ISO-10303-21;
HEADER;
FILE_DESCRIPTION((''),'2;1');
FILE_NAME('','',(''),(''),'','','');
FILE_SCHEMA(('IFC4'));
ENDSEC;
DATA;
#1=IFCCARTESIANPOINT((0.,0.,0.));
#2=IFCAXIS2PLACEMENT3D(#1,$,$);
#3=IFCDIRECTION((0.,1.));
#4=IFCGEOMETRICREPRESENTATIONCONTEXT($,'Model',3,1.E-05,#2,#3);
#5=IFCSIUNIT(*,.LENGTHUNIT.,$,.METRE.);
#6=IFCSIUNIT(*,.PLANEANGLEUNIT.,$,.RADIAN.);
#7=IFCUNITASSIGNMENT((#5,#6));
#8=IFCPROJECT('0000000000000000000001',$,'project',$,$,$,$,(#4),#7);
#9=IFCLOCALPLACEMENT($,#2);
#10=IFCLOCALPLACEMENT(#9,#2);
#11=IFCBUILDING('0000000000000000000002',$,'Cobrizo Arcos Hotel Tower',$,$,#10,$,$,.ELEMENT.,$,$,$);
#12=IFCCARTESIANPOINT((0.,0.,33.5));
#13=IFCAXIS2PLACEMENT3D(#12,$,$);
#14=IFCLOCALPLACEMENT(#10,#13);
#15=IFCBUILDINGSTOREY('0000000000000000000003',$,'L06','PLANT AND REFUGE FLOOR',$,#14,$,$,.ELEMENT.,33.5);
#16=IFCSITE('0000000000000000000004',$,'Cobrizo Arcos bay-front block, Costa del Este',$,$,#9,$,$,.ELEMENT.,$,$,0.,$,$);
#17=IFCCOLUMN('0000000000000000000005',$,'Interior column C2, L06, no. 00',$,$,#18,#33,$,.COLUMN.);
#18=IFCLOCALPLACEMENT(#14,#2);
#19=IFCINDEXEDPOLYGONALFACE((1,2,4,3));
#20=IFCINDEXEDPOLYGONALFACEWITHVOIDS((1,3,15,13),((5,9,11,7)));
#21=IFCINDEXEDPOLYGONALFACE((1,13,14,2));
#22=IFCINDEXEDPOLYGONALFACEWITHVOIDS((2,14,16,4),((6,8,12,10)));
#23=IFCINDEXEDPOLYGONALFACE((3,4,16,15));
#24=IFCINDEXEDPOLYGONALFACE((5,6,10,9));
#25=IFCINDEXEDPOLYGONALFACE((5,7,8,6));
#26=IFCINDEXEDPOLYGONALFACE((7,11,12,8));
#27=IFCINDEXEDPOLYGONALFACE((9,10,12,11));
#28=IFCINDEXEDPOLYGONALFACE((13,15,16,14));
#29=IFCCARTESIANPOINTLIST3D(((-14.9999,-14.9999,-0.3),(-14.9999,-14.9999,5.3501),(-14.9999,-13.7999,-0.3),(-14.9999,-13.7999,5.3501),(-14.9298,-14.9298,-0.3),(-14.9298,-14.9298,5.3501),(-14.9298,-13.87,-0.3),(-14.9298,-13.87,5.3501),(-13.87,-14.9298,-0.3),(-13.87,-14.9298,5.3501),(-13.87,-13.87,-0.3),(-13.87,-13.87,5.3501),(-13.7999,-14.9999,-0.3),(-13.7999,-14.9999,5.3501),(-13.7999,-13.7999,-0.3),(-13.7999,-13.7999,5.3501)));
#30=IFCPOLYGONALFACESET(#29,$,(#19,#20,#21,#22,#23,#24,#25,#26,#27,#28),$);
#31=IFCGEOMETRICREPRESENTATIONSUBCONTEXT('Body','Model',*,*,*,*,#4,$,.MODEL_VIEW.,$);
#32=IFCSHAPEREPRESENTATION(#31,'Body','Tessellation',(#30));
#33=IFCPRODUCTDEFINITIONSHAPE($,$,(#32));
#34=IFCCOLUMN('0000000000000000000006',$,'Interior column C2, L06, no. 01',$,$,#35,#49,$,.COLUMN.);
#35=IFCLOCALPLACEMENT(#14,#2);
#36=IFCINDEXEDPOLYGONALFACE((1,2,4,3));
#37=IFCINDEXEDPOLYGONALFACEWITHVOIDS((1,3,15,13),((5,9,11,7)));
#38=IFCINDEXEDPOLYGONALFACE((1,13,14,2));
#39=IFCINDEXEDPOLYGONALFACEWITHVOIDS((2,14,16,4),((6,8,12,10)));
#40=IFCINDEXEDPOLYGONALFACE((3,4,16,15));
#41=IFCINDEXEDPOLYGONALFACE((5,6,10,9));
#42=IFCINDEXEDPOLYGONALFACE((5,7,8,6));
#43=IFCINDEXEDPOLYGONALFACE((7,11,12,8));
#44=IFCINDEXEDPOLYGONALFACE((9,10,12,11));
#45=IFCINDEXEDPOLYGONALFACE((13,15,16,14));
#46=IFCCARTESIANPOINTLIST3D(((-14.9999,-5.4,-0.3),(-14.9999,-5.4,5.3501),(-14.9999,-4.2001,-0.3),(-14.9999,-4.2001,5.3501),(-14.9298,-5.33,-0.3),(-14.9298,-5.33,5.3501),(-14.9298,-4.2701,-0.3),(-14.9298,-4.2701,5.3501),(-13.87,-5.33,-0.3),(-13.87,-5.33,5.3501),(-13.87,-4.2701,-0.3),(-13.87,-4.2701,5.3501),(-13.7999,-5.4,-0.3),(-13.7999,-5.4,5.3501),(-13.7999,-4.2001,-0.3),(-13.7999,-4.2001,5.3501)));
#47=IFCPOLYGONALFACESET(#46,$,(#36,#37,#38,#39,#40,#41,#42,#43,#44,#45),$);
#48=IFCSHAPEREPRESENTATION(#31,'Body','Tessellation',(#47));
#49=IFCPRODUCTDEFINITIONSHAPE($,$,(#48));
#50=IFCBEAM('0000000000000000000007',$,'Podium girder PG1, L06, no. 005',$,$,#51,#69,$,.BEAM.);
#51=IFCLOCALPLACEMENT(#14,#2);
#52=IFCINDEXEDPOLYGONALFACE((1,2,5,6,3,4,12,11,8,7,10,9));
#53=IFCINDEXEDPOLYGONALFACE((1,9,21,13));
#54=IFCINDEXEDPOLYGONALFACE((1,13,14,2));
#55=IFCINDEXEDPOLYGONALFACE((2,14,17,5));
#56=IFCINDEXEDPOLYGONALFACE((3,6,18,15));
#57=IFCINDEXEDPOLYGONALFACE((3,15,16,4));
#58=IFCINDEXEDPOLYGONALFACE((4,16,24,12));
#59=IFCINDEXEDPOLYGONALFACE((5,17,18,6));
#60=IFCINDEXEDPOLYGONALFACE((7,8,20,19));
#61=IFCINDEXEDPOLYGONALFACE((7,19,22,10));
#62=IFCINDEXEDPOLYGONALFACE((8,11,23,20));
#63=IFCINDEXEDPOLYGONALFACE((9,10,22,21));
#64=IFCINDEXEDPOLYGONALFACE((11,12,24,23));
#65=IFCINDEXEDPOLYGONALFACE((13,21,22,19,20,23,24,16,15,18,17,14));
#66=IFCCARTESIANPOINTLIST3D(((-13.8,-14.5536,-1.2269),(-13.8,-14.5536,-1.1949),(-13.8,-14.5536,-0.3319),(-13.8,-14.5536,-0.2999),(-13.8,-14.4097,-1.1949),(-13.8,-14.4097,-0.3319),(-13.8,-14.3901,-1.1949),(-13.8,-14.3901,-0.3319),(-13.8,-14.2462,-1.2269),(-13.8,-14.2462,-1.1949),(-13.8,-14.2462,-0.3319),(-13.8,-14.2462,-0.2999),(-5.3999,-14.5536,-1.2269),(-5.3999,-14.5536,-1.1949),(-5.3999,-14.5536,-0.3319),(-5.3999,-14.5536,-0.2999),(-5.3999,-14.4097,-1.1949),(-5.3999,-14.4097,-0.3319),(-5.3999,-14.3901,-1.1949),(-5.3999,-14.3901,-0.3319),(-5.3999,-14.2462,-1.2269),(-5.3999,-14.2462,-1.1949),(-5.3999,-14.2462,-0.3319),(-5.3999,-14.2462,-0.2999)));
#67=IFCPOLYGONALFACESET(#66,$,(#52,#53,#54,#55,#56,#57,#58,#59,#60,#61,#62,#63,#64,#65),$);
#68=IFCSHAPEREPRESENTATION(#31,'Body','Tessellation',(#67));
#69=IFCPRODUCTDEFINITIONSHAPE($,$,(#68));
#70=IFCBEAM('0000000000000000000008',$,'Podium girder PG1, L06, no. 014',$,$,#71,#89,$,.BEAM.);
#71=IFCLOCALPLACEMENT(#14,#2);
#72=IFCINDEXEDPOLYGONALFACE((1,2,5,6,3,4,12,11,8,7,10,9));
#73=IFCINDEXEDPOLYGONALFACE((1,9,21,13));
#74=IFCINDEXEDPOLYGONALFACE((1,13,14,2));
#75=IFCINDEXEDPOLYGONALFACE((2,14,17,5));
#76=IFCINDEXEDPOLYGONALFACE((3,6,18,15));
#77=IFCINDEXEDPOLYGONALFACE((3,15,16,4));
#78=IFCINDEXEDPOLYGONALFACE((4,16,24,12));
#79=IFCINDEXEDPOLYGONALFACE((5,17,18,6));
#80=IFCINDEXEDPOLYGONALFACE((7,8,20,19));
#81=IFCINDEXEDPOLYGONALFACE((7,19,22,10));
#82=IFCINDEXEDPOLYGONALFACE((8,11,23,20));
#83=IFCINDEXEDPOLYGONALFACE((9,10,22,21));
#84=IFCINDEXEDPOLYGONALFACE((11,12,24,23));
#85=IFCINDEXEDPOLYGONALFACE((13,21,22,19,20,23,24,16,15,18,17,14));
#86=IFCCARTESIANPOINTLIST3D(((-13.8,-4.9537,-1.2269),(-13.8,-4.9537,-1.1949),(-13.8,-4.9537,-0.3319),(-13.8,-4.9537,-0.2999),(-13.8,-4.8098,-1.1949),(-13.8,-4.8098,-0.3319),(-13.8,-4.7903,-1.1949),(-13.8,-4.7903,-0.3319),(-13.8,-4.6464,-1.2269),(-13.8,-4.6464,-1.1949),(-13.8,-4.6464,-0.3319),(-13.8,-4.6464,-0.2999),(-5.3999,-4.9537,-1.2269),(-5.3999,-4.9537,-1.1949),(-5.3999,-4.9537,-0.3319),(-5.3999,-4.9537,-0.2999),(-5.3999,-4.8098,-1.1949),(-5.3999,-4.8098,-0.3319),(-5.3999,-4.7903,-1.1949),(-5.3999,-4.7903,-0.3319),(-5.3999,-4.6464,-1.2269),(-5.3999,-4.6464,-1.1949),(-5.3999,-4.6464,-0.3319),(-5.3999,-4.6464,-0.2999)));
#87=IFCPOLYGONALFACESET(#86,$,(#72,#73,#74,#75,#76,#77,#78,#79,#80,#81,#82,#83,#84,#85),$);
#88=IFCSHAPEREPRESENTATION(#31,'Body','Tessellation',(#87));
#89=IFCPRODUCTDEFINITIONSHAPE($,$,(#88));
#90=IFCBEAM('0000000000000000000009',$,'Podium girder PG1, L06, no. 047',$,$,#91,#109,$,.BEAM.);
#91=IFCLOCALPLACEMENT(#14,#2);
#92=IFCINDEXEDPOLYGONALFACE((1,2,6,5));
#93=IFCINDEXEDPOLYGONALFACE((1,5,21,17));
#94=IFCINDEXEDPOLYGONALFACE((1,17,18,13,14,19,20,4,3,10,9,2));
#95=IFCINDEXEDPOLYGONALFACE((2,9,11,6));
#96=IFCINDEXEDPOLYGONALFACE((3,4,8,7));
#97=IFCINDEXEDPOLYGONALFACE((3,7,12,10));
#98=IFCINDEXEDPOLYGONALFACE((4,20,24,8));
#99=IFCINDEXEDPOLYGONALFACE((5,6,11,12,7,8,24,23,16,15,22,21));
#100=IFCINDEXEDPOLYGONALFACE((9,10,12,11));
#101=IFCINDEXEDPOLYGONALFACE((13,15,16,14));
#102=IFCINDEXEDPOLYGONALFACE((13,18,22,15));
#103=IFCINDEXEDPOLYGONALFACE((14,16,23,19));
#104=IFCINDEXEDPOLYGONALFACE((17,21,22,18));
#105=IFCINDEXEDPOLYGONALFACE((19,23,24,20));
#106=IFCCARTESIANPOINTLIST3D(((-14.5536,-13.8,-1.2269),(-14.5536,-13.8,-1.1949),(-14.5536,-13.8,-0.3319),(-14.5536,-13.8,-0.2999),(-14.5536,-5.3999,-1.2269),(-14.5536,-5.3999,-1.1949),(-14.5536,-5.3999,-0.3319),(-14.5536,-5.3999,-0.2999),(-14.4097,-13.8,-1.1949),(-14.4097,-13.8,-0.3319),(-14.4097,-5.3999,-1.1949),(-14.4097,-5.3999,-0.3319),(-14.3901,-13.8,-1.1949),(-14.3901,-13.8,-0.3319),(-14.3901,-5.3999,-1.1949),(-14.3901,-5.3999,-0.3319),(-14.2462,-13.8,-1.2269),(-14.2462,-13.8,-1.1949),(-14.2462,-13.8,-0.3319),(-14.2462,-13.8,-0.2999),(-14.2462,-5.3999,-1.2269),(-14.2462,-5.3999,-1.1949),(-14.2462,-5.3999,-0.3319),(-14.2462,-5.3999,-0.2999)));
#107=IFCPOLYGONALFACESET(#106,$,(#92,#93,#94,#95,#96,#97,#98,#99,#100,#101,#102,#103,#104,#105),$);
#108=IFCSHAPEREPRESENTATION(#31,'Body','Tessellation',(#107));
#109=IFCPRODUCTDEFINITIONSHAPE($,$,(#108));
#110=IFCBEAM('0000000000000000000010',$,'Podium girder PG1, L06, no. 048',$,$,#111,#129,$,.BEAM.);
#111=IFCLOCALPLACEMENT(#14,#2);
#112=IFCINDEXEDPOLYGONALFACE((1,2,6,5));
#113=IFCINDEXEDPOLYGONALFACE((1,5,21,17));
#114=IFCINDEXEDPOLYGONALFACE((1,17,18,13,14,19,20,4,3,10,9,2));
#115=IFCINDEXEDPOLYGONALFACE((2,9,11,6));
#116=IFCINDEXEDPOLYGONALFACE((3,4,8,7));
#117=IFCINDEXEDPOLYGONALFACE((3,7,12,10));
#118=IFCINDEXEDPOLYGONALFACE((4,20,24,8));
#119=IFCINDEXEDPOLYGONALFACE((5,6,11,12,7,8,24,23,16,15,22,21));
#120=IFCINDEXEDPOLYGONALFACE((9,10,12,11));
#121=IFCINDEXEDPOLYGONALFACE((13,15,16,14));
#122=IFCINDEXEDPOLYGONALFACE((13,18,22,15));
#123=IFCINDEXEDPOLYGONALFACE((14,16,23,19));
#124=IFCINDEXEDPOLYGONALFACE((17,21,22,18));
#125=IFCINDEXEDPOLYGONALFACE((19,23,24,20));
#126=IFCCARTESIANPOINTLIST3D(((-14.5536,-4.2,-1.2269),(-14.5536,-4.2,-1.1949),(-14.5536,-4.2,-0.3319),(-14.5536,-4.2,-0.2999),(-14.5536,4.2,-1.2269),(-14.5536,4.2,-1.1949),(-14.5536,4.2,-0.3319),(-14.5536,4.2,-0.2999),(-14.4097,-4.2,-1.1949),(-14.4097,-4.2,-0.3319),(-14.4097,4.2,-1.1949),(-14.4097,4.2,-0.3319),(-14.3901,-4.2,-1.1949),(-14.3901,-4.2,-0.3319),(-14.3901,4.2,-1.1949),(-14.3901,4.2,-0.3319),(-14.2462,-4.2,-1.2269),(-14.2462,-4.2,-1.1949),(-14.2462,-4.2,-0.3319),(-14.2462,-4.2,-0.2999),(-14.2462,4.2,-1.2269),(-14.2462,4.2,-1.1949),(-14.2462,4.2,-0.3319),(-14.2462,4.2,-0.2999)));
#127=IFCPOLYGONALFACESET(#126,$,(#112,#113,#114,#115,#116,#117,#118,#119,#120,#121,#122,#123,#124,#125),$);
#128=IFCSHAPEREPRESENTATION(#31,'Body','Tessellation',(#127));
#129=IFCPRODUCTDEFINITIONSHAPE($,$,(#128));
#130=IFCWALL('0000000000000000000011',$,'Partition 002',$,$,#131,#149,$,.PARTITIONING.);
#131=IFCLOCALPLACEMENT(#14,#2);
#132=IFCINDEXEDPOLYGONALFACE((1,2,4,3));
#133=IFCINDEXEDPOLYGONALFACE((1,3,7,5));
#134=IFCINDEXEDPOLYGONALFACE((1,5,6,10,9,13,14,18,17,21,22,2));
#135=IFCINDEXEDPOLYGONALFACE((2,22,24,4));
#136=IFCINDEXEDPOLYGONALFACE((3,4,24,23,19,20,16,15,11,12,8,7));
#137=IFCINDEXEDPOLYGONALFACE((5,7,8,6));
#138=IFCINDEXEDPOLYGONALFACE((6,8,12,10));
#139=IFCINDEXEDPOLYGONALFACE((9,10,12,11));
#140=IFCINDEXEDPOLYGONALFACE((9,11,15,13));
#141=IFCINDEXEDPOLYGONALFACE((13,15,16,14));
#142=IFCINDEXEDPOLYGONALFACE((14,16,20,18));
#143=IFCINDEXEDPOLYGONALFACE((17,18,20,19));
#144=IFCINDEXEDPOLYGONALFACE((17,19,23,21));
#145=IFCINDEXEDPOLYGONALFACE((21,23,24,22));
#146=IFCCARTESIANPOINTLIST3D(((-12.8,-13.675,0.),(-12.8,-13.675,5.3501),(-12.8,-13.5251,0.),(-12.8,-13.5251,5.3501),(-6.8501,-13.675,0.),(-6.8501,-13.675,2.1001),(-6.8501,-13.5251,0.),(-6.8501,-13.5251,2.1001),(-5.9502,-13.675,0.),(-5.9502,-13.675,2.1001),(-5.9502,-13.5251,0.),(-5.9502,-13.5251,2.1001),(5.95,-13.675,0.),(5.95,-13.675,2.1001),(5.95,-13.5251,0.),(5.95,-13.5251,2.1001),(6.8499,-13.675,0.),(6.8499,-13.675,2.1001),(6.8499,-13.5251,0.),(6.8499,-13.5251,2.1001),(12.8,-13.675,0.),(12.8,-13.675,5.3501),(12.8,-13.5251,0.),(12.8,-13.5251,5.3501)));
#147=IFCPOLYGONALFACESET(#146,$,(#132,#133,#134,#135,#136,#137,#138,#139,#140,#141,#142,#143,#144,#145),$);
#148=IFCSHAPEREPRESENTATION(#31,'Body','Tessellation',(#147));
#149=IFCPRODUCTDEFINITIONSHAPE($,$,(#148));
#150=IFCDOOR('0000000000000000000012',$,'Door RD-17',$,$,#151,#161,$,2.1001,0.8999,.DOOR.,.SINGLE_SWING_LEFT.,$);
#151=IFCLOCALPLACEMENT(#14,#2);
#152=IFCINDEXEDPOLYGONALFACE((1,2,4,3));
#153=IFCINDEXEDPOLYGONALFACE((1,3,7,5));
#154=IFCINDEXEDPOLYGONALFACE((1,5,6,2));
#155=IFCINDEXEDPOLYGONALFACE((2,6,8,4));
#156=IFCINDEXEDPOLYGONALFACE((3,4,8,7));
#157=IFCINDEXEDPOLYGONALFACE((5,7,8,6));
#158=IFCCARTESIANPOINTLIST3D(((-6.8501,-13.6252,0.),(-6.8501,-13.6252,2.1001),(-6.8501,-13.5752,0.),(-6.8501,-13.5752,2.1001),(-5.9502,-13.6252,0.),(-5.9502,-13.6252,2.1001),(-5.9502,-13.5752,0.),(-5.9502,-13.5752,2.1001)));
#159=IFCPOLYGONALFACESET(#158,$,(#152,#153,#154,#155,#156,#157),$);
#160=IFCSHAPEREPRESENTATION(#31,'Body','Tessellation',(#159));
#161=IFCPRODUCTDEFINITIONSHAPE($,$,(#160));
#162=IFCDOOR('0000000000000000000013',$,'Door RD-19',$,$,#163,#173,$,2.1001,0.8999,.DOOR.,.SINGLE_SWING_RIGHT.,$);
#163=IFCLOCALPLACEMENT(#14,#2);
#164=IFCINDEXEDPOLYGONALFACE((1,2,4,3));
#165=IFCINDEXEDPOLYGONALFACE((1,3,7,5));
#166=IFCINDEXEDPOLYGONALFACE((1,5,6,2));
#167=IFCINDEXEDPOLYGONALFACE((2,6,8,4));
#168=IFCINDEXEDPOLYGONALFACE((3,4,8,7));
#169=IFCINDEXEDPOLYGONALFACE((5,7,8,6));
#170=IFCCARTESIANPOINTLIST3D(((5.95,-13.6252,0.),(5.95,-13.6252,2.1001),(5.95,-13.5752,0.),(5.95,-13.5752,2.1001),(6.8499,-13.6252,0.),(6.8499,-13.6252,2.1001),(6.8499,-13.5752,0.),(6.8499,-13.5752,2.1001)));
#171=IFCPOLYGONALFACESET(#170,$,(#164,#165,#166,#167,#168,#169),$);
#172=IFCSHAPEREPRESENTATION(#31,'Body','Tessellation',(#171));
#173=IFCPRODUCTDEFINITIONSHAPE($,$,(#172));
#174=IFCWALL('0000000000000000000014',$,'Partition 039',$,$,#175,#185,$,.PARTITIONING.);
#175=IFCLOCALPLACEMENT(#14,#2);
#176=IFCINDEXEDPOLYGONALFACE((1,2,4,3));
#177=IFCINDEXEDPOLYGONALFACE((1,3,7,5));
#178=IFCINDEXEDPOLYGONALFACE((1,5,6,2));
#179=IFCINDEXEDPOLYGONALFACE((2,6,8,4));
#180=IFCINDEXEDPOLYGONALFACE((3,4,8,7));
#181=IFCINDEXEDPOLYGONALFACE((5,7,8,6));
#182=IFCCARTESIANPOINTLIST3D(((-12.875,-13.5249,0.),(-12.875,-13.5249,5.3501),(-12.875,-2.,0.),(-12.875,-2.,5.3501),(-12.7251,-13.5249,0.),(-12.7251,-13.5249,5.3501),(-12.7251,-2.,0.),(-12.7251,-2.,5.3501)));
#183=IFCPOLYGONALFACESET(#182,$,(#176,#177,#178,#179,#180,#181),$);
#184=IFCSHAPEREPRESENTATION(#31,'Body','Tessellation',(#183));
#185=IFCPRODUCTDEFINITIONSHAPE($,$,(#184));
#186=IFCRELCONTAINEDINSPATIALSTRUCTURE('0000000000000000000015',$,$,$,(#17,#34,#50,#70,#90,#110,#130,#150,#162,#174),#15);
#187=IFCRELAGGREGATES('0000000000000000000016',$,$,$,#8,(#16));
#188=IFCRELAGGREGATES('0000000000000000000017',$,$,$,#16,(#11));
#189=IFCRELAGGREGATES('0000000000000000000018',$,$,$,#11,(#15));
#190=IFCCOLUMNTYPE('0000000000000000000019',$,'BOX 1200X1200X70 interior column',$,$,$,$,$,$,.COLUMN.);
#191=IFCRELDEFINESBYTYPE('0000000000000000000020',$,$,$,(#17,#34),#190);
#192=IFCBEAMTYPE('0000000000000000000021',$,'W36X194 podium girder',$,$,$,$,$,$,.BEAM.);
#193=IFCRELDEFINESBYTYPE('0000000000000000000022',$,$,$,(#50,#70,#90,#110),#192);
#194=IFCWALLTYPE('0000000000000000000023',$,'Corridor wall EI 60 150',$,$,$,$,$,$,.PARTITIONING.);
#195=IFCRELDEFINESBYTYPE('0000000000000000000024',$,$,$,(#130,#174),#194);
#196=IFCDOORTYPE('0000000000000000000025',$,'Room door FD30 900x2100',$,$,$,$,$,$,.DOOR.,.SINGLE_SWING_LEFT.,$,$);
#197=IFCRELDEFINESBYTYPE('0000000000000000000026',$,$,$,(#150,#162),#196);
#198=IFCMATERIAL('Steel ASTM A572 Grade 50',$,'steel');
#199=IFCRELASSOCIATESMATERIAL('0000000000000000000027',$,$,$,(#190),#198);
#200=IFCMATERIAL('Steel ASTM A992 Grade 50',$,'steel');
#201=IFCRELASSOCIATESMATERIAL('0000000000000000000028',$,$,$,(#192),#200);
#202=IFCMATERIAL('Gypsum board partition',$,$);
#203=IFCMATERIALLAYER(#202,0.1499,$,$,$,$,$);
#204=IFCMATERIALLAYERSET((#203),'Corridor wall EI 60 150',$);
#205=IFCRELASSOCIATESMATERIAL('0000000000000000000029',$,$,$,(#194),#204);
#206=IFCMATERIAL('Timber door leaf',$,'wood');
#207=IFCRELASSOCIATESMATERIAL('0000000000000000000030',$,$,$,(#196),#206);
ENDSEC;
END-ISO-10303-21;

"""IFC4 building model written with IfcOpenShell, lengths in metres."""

from ifc_helpers import new_model, si_unit, direction, frame, frame_2d, origin, origin_2d, place, context, subcontext, project, spatial, rectangle, hollow_rectangle, i_section, extrude, material, layer, layer_set, material_profile, profile_set, type_object, element, fill, save


model = new_model("IFC4")

# Units and contexts
model_context = context("Model", 3, precision=1e-05, world=origin(), true_north=direction((0.0, 1.0)))
body_context = subcontext(model_context, "Body", "Model", "MODEL_VIEW")
ifc_project = project(units=[si_unit("LENGTHUNIT", "METRE"), si_unit("PLANEANGLEUNIT", "RADIAN")], contexts=[model_context])

# Site, building, storey
site_placement = place(None, origin())
site = spatial("IfcSite", under=ifc_project, at=site_placement, Name="Cobrizo Arcos bay-front block, Costa del Este", CompositionType="ELEMENT", RefElevation=0.0)
building_placement = place(site_placement, origin())
building = spatial("IfcBuilding", under=site, at=building_placement, Name="Cobrizo Arcos Hotel Tower", CompositionType="ELEMENT")
storey_placement = place(building_placement, frame((0.0, 0.0, 33.5)))
storey = spatial("IfcBuildingStorey", under=building, at=storey_placement, Name="L06", Description="PLANT AND REFUGE FLOOR", CompositionType="ELEMENT", Elevation=33.5)

# Columns
ifc_material_1 = material(Name="Steel ASTM A572 Grade 50", Category="steel")
ifc_material_profile_1 = material_profile(ifc_material_1, hollow_rectangle(XDim=1.2, YDim=1.2, WallThickness=0.0701, at=origin_2d()), Name="BOX 1200X1200X70")
ifc_profile_set_1 = profile_set([ifc_material_profile_1], Name="Steel ASTM A572 Grade 50")
column_type = type_object("IfcColumnType", Name="BOX 1200X1200X70 interior column", PredefinedType="COLUMN", material=ifc_profile_set_1)
for number, where, z_axis, x_axis, name in (
    (1, (-14.3999, -14.3999, -0.3), (0.0, 0.0, 1.0), (1.0, 0.0, 0.0), "Interior column C2, L06, no. 00"),
    (2, (-14.3999, -4.8, -0.3), (0.0, 0.0, 1.0), (1.0, 0.0, 0.0), "Interior column C2, L06, no. 01"),
):
    element("IfcColumn", number, at=place(storey_placement, frame(where, z_axis=z_axis, x_axis=x_axis)), inside=storey, type_object=column_type, Name=name, PredefinedType="COLUMN", context=body_context, shape_type="SweptSolid", body=[
        extrude(hollow_rectangle(XDim=1.2, YDim=1.2, WallThickness=0.0701, at=origin_2d()), origin(), (0.0, 0.0, 1.0), 5.6501),
    ])

# Beams
ifc_material_2 = material(Name="Steel ASTM A992 Grade 50", Category="steel")
ifc_material_profile_2 = material_profile(ifc_material_2, i_section(OverallWidth=0.3074, OverallDepth=0.927, WebThickness=0.0195, FlangeThickness=0.032, at=origin_2d()), Name="W36X194")
ifc_profile_set_2 = profile_set([ifc_material_profile_2], Name="Steel ASTM A992 Grade 50")
beam_type = type_object("IfcBeamType", Name="W36X194 podium girder", PredefinedType="BEAM", material=ifc_profile_set_2)
for number, where, z_axis, x_axis, name in (
    (3, (-13.8, -14.3999, -0.7634), (1.0, 0.0, 0.0), (0.0, 1.0, 0.0), "Podium girder PG1, L06, no. 005"),
    (4, (-13.8, -4.8, -0.7634), (1.0, 0.0, 0.0), (0.0, 1.0, 0.0), "Podium girder PG1, L06, no. 014"),
    (5, (-14.3999, -13.8, -0.7634), (0.0, 1.0, 0.0), (-1.0, 0.0, 0.0), "Podium girder PG1, L06, no. 047"),
):
    element("IfcBeam", number, at=place(storey_placement, frame(where, z_axis=z_axis, x_axis=x_axis)), inside=storey, type_object=beam_type, Name=name, PredefinedType="BEAM", context=body_context, shape_type="SweptSolid", body=[
        extrude(i_section(OverallWidth=0.3074, OverallDepth=0.927, WebThickness=0.0195, FlangeThickness=0.032, at=origin_2d()), origin(), (0.0, 0.0, 1.0), 8.4001),
    ])
beam_placement = place(storey_placement, frame((-14.3999, -4.2, -0.7634), z_axis=(0.0, 1.0, 0.0), x_axis=(-1.0, 0.0, 0.0)))
element("IfcBeam", 6, at=beam_placement, inside=storey, type_object=beam_type, Name="Podium girder PG1, L06, no. 048", PredefinedType="BEAM", context=body_context, shape_type="SweptSolid", body=[
    extrude(i_section(OverallWidth=0.3074, OverallDepth=0.927, WebThickness=0.0195, FlangeThickness=0.032, at=origin_2d()), origin(), (0.0, 0.0, 1.0), 8.3999),
])

# Wall, openings, doors
ifc_material_3 = material(Name="Gypsum board partition")
ifc_layer_1 = layer(ifc_material_3, 0.1499)
ifc_layer_set_1 = layer_set([ifc_layer_1], Name="Corridor wall EI 60 150")
wall_type_1 = type_object("IfcWallType", Name="Corridor wall EI 60 150", PredefinedType="PARTITIONING", material=ifc_layer_set_1)
wall_1_placement = place(storey_placement, frame((-12.8, -13.6001, 0.0), z_axis=(0.0, 0.0, 1.0), x_axis=(1.0, 0.0, 0.0)))
wall_1 = element("IfcWall", 7, at=wall_1_placement, inside=storey, type_object=wall_type_1, Name="Partition 002", PredefinedType="PARTITIONING", context=body_context, shape_type="SweptSolid", body=[
    extrude(rectangle(XDim=25.6001, YDim=0.1499, at=frame_2d((12.8, 0.0))), origin(), (0.0, 0.0, 1.0), 5.3501),
])
opening_1_placement = place(wall_1_placement, frame((5.95, 0.0, 0.0)))
opening_1 = element("IfcOpeningElement", 8, at=opening_1_placement, cuts=wall_1, PredefinedType="OPENING", context=body_context, shape_type="SweptSolid", body=[
    extrude(rectangle(XDim=0.8999, YDim=2.1001, at=frame_2d((0.45, 1.05))), frame((0.0, 0.0869, 0.0), z_axis=(0.0, -1.0, 0.0), x_axis=(1.0, 0.0, 0.0)), (0.0, 0.0, 1.0), 0.1738),
])
opening_2_placement = place(wall_1_placement, frame((18.75, 0.0, 0.0)))
opening_2 = element("IfcOpeningElement", 9, at=opening_2_placement, cuts=wall_1, PredefinedType="OPENING", context=body_context, shape_type="SweptSolid", body=[
    extrude(rectangle(XDim=0.8999, YDim=2.1001, at=frame_2d((0.45, 1.05))), frame((0.0, 0.0869, 0.0), z_axis=(0.0, -1.0, 0.0), x_axis=(1.0, 0.0, 0.0)), (0.0, 0.0, 1.0), 0.1738),
])
ifc_material_4 = material(Name="Timber door leaf", Category="wood")
door_type_1 = type_object("IfcDoorType", Name="Room door FD30 900x2100", OperationType="SINGLE_SWING_LEFT", PredefinedType="DOOR", material=ifc_material_4)
door_1_placement = place(opening_1_placement, origin())
door_1 = element("IfcDoor", 10, at=door_1_placement, inside=storey, type_object=door_type_1, Name="Door RD-17", OperationType="SINGLE_SWING_LEFT", OverallHeight=2.1001, OverallWidth=0.8999, PredefinedType="DOOR", context=body_context, shape_type="SweptSolid", body=[
    extrude(rectangle(XDim=0.8999, YDim=2.1001, at=frame_2d((0.45, 1.05))), frame((0.0, 0.0249, 0.0), z_axis=(0.0, -1.0, 0.0), x_axis=(1.0, 0.0, 0.0)), (0.0, 0.0, 1.0), 0.05),
])
fill(opening_1, door_1)
door_2_placement = place(opening_2_placement, origin())
door_2 = element("IfcDoor", 11, at=door_2_placement, inside=storey, type_object=door_type_1, Name="Door RD-19", OperationType="SINGLE_SWING_RIGHT", OverallHeight=2.1001, OverallWidth=0.8999, PredefinedType="DOOR", context=body_context, shape_type="SweptSolid", body=[
    extrude(rectangle(XDim=0.8999, YDim=2.1001, at=frame_2d((0.45, 1.05))), frame((0.0, 0.0249, 0.0), z_axis=(0.0, -1.0, 0.0), x_axis=(1.0, 0.0, 0.0)), (0.0, 0.0, 1.0), 0.05),
])
fill(opening_2, door_2)

# Wall
wall_2_placement = place(storey_placement, frame((-12.8, -13.5249, 0.0), z_axis=(0.0, 0.0, 1.0), x_axis=(0.0, 1.0, 0.0)))
element("IfcWall", 12, at=wall_2_placement, inside=storey, type_object=wall_type_1, Name="Partition 039", PredefinedType="PARTITIONING", context=body_context, shape_type="SweptSolid", body=[
    extrude(rectangle(XDim=11.5249, YDim=0.1499, at=frame_2d((5.7625, 0.0))), origin(), (0.0, 0.0, 1.0), 5.3501),
])

save(model, "model.ifc")
